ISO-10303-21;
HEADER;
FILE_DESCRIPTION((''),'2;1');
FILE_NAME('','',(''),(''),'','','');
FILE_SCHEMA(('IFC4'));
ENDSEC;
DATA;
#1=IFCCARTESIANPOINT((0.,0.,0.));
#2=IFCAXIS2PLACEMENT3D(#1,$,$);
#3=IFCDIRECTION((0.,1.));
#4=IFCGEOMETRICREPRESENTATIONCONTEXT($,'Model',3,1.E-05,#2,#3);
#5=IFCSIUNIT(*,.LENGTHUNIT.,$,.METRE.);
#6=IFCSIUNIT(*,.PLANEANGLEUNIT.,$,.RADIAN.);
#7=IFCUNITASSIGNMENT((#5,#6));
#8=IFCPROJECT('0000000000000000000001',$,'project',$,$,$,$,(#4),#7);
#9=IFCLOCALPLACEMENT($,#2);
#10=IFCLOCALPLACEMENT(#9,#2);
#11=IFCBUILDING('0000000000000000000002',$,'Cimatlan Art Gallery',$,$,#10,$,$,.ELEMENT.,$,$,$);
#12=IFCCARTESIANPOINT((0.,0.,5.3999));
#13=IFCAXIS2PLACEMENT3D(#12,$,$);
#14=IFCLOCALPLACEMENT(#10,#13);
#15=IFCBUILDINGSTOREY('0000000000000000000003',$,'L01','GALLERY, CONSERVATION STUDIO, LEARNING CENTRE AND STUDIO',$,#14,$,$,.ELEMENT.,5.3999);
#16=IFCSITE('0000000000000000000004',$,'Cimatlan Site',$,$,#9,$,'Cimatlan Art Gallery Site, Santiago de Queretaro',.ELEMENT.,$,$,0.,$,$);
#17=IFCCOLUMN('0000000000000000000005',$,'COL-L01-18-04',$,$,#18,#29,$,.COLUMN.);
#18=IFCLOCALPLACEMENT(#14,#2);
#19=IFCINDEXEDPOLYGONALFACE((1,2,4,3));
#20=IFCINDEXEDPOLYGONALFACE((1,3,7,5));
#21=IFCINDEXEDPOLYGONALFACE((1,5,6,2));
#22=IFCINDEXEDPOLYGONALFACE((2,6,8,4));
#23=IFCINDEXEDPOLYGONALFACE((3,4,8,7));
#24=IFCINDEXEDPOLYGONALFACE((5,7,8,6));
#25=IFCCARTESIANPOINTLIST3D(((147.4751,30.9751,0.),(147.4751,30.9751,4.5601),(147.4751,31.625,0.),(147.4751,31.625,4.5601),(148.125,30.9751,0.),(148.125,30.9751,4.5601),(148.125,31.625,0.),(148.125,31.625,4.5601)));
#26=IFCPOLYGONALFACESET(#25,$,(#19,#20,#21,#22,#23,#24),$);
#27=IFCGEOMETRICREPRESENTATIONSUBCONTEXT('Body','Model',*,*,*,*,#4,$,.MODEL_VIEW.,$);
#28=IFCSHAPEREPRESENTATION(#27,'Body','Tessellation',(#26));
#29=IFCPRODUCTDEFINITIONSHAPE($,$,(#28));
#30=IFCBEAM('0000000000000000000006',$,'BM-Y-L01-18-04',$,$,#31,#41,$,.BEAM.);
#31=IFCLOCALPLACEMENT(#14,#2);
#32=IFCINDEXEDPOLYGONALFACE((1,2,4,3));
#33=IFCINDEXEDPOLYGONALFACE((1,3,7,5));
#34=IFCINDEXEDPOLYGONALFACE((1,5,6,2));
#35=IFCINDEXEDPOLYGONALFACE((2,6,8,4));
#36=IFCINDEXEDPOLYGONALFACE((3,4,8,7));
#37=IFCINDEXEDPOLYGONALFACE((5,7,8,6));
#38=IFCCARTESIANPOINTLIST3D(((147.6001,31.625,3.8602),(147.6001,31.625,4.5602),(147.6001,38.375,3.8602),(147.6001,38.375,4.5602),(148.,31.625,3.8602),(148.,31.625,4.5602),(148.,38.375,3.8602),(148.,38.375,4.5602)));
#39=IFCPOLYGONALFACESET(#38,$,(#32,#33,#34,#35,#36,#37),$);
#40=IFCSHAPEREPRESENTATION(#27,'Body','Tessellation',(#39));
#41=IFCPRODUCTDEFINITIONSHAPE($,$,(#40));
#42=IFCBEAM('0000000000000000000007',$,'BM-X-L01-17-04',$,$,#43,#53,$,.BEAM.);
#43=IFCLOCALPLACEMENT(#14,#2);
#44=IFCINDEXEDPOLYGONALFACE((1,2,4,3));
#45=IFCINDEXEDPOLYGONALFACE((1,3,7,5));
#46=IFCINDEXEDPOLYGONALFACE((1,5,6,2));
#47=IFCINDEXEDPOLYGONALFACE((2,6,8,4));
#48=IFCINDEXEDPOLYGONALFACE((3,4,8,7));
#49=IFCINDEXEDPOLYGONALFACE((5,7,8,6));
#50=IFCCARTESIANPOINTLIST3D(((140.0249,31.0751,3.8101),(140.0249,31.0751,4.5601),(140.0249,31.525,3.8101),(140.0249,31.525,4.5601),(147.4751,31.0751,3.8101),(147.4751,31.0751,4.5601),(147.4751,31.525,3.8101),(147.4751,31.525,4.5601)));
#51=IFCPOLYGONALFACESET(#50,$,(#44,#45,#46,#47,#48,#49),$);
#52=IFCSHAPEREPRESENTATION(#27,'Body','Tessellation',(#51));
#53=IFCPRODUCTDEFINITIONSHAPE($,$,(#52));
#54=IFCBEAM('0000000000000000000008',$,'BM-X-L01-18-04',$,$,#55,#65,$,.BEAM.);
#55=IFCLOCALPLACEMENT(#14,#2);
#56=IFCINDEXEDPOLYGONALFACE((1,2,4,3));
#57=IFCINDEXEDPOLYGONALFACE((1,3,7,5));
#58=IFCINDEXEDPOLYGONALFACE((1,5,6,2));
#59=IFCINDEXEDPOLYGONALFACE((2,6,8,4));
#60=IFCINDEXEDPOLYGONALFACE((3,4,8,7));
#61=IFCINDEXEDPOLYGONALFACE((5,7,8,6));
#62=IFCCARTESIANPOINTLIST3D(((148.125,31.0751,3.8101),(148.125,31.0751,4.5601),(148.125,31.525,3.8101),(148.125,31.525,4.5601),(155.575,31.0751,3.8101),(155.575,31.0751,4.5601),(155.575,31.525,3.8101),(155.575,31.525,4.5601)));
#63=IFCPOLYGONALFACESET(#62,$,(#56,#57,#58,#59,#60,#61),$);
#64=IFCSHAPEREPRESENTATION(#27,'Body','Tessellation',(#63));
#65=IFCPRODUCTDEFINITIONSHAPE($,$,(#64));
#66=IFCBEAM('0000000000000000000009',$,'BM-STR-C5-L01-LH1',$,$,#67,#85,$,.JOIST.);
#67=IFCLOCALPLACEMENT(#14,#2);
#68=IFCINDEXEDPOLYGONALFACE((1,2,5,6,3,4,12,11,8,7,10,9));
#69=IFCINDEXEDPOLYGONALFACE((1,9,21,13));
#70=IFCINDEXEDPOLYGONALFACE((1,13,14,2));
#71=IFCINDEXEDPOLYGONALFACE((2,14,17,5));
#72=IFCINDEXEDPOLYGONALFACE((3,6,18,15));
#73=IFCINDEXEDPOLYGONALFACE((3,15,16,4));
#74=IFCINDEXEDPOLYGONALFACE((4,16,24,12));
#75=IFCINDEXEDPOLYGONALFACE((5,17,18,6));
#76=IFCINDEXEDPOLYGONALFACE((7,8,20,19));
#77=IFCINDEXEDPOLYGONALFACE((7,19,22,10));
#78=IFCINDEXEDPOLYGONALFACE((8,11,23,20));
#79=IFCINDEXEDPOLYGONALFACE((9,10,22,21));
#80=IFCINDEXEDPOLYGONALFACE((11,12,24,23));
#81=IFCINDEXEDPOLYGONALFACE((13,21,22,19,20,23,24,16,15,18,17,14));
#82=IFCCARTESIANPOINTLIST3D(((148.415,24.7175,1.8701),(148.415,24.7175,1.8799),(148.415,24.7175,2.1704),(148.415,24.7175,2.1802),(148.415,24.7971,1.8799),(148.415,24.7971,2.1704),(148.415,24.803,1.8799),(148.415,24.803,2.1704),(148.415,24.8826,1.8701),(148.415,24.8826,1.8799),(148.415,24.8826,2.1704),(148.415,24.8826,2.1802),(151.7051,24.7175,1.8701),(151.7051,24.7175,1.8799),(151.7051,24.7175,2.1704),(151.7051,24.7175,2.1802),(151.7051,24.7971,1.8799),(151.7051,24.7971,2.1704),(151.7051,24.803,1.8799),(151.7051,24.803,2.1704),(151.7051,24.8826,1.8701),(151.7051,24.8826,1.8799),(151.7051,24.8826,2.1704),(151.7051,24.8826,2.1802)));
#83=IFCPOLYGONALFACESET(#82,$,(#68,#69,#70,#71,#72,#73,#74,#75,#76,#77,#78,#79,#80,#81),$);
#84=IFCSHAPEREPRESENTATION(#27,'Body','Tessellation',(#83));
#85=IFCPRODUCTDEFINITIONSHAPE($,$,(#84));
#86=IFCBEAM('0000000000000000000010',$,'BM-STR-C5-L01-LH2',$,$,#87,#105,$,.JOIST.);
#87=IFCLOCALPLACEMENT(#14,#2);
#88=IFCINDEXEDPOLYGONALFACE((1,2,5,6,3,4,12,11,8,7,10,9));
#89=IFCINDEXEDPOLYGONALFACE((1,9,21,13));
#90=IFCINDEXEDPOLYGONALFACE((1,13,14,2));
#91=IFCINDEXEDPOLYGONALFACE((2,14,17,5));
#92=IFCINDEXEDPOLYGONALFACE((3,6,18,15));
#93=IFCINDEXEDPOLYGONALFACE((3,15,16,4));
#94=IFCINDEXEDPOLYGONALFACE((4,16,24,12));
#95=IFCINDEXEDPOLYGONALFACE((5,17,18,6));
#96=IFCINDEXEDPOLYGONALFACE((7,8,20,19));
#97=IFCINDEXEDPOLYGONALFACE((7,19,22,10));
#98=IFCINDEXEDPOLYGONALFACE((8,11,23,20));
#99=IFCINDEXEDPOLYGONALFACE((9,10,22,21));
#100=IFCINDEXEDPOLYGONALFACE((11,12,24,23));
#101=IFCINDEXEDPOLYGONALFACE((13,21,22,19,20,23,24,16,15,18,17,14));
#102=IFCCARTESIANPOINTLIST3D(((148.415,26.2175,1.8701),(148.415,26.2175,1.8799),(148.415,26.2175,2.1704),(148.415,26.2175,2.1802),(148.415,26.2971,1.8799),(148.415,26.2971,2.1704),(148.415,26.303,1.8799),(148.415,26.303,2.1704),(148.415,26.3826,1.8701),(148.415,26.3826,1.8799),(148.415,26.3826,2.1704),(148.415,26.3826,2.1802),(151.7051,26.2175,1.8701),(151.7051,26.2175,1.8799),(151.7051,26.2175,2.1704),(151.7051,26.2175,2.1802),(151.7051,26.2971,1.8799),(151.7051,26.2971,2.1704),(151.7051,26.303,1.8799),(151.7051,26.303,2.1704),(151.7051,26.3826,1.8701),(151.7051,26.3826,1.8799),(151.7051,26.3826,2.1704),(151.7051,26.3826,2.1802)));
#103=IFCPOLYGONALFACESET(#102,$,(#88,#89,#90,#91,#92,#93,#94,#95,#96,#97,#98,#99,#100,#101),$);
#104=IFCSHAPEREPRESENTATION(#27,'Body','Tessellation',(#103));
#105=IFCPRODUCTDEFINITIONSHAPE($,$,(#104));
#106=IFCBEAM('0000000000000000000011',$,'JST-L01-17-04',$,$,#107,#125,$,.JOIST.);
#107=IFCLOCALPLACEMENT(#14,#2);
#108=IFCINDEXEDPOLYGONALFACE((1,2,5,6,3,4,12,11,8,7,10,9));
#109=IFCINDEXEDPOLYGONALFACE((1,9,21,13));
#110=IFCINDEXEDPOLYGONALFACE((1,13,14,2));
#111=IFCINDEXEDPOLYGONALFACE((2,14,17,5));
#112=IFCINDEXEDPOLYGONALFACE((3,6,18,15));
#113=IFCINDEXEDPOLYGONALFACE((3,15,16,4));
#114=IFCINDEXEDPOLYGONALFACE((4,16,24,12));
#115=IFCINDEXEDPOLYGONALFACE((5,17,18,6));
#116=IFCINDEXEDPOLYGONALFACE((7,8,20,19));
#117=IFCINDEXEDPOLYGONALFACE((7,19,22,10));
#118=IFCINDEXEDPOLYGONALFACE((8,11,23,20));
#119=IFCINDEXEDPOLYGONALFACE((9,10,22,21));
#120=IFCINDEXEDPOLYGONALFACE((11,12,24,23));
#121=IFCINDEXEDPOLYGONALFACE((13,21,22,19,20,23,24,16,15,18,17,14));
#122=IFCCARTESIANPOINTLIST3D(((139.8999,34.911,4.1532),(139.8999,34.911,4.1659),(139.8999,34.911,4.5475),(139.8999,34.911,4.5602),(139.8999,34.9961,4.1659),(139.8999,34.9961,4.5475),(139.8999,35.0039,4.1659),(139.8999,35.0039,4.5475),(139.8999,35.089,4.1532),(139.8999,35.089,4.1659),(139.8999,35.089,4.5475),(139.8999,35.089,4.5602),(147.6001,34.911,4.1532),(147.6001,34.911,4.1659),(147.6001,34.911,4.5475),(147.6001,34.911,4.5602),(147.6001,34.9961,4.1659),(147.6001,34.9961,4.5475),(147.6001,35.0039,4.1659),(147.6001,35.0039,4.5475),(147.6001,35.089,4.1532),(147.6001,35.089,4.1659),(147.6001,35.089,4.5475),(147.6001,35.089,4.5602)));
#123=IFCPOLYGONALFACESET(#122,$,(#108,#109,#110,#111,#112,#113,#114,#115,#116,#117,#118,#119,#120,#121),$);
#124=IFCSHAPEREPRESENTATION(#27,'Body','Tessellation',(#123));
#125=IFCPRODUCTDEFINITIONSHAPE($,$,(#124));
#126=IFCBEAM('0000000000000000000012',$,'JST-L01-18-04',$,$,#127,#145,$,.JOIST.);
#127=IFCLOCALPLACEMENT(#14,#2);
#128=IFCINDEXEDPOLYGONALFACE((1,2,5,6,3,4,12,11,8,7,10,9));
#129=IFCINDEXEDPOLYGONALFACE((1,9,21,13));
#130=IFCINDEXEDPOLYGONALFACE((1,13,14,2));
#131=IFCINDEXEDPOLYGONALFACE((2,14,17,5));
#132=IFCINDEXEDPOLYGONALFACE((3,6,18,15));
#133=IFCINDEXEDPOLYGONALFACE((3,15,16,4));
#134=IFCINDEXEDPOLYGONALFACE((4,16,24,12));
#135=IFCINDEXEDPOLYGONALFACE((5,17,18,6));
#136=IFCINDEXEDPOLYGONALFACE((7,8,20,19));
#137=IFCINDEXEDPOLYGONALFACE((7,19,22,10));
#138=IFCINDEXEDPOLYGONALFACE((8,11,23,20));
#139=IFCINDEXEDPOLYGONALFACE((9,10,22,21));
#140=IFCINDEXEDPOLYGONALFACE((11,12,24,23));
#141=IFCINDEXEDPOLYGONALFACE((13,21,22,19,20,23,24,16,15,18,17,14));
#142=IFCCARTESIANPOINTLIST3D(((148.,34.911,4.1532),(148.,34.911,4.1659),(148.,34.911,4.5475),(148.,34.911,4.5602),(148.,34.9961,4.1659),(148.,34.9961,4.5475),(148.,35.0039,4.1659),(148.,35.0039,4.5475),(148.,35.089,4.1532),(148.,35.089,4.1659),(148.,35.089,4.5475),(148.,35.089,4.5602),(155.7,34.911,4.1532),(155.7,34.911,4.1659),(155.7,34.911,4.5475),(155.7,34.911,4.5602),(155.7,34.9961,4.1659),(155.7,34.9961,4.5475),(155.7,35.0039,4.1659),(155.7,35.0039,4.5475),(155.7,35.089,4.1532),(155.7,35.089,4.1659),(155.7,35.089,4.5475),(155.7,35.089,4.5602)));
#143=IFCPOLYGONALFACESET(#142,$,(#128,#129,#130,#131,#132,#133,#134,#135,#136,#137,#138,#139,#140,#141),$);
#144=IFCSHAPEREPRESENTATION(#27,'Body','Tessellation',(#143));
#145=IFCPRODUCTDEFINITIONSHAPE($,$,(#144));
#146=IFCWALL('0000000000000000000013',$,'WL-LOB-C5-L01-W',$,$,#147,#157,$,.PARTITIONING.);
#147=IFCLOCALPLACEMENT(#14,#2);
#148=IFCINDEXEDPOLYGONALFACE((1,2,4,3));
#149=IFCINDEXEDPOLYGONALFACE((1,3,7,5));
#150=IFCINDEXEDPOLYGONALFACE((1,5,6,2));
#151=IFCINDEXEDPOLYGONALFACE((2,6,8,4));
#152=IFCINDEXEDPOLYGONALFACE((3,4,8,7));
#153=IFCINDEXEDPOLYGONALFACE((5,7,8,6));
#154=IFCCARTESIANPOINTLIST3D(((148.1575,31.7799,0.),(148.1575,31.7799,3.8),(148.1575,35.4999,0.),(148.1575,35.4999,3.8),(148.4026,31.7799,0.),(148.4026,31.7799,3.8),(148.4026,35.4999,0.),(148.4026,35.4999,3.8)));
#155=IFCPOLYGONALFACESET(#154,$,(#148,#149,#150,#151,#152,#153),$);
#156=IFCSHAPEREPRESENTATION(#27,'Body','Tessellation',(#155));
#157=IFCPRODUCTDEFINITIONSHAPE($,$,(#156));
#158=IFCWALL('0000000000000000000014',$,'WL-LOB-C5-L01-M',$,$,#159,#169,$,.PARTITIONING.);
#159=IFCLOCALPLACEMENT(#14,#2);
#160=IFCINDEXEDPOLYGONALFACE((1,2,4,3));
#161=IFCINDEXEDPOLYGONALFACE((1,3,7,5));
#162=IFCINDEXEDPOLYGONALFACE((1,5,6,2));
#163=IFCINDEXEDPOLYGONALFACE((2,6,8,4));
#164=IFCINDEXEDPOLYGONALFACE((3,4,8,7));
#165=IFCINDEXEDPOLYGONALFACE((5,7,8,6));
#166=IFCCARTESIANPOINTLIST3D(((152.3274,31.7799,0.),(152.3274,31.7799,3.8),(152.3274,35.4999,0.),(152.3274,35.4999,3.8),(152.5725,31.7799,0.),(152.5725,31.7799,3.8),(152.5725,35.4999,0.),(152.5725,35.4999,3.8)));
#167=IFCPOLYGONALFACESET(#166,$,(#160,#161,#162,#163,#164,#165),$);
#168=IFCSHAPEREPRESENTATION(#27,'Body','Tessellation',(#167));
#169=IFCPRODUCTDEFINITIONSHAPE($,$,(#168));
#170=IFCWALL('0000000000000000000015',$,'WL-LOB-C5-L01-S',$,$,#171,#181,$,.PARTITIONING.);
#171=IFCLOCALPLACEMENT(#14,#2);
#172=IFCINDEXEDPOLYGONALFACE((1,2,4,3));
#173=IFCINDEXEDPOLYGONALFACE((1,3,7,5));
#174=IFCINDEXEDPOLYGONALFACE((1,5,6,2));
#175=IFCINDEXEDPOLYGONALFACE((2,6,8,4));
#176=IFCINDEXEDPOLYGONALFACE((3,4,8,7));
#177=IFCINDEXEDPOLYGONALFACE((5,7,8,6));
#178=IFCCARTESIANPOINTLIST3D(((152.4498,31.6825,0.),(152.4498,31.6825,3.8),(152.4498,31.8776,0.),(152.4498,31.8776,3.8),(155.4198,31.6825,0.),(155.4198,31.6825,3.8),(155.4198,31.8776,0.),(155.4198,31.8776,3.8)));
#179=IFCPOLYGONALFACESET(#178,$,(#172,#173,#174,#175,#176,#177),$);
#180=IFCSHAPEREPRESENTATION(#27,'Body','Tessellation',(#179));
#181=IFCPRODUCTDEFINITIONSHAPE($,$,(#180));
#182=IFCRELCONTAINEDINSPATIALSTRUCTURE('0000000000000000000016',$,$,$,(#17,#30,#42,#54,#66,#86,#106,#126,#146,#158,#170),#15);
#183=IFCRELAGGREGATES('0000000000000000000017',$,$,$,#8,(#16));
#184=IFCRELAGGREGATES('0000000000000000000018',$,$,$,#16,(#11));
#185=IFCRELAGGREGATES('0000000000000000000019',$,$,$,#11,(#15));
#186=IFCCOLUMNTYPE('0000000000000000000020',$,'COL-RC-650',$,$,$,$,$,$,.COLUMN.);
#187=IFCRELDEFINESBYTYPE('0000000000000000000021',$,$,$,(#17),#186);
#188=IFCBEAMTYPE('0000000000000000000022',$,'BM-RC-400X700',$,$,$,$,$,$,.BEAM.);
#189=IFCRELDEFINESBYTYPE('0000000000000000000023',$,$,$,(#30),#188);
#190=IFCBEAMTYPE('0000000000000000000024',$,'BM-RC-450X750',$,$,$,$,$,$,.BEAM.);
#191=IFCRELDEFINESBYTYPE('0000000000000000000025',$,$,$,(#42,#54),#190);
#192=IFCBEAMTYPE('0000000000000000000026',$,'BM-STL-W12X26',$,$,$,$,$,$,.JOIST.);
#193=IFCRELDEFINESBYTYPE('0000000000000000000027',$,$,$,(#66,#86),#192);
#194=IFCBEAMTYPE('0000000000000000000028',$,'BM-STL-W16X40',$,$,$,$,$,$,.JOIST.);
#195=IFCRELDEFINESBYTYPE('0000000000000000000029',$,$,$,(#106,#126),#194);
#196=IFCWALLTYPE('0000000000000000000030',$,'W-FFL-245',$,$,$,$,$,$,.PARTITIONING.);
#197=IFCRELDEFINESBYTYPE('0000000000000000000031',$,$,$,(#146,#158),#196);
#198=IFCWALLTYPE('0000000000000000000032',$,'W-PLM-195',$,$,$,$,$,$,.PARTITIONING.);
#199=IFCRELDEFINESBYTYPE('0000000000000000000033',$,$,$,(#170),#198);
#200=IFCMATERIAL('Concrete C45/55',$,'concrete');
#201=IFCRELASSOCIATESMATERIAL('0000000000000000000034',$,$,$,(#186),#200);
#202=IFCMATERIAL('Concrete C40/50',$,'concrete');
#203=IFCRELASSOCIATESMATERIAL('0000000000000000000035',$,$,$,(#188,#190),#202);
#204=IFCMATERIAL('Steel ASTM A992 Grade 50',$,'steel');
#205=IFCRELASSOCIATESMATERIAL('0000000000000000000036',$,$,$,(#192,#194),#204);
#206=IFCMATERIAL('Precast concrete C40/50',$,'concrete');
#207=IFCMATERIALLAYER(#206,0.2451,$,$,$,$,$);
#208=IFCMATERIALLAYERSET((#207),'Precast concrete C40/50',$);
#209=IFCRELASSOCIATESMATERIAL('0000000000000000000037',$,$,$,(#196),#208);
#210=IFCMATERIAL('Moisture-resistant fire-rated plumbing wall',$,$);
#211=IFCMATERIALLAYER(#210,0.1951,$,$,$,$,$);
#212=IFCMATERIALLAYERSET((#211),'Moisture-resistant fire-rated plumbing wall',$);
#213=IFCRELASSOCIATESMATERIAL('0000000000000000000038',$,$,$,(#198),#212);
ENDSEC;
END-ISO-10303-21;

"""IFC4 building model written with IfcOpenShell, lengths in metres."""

from ifc_helpers import new_model, si_unit, direction, frame, frame_2d, origin, origin_2d, place, context, subcontext, project, spatial, rectangle, i_section, extrude, material, layer, layer_set, material_profile, profile_set, type_object, element, save


model = new_model("IFC4")

# Units and contexts
model_context = context("Model", 3, precision=1e-05, world=origin(), true_north=direction((0.0, 1.0)))
body_context = subcontext(model_context, "Body", "Model", "MODEL_VIEW")
ifc_project = project(units=[si_unit("LENGTHUNIT", "METRE"), si_unit("PLANEANGLEUNIT", "RADIAN")], contexts=[model_context])

# Site, building, storey
site_placement = place(None, origin())
site = spatial("IfcSite", under=ifc_project, at=site_placement, Name="Cimatlan Site", LongName="Cimatlan Art Gallery Site, Santiago de Queretaro", CompositionType="ELEMENT", RefElevation=0.0)
building_placement = place(site_placement, origin())
building = spatial("IfcBuilding", under=site, at=building_placement, Name="Cimatlan Art Gallery", CompositionType="ELEMENT")
storey_placement = place(building_placement, frame((0.0, 0.0, 5.3999)))
storey = spatial("IfcBuildingStorey", under=building, at=storey_placement, Name="L01", Description="GALLERY, CONSERVATION STUDIO, LEARNING CENTRE AND STUDIO", CompositionType="ELEMENT", Elevation=5.3999)

# Column
ifc_material_1 = material(Name="Concrete C45/55", Category="concrete")
ifc_material_profile_1 = material_profile(ifc_material_1, rectangle(XDim=0.6499, YDim=0.6499, at=origin_2d()), Name="RC650X650")
ifc_profile_set_1 = profile_set([ifc_material_profile_1], Name="Concrete C45/55")
column_type = type_object("IfcColumnType", Name="COL-RC-650", PredefinedType="COLUMN", material=ifc_profile_set_1)
column_placement = place(storey_placement, frame((147.8, 31.3, 0.0), z_axis=(0.0, 0.0, 1.0), x_axis=(1.0, 0.0, 0.0)))
element("IfcColumn", 1, at=column_placement, inside=storey, type_object=column_type, Name="COL-L01-18-04", PredefinedType="COLUMN", context=body_context, shape_type="SweptSolid", body=[
    extrude(rectangle(XDim=0.6499, YDim=0.6499, at=origin_2d()), origin(), (0.0, 0.0, 1.0), 4.5601),
])

# Beams
ifc_material_2 = material(Name="Concrete C40/50", Category="concrete")
ifc_material_profile_2 = material_profile(ifc_material_2, rectangle(XDim=0.3999, YDim=0.7, at=origin_2d()), Name="RC400X700")
ifc_profile_set_2 = profile_set([ifc_material_profile_2], Name="Concrete C40/50")
beam_type_1 = type_object("IfcBeamType", Name="BM-RC-400X700", PredefinedType="BEAM", material=ifc_profile_set_2)
beam_1_placement = place(storey_placement, frame((147.8, 31.625, 4.2102), z_axis=(0.0, 1.0, 0.0), x_axis=(-1.0, 0.0, 0.0)))
element("IfcBeam", 2, at=beam_1_placement, inside=storey, type_object=beam_type_1, Name="BM-Y-L01-18-04", PredefinedType="BEAM", context=body_context, shape_type="SweptSolid", body=[
    extrude(rectangle(XDim=0.3999, YDim=0.7, at=origin_2d()), origin(), (0.0, 0.0, 1.0), 6.75),
])
ifc_material_profile_3 = material_profile(ifc_material_2, rectangle(XDim=0.45, YDim=0.75, at=origin_2d()), Name="RC450X750")
ifc_profile_set_3 = profile_set([ifc_material_profile_3], Name="Concrete C40/50")
beam_type_2 = type_object("IfcBeamType", Name="BM-RC-450X750", PredefinedType="BEAM", material=ifc_profile_set_3)
beam_2_placement = place(storey_placement, frame((140.0249, 31.3, 4.1851), z_axis=(1.0, 0.0, 0.0), x_axis=(0.0, 1.0, 0.0)))
element("IfcBeam", 3, at=beam_2_placement, inside=storey, type_object=beam_type_2, Name="BM-X-L01-17-04", PredefinedType="BEAM", context=body_context, shape_type="SweptSolid", body=[
    extrude(rectangle(XDim=0.45, YDim=0.75, at=origin_2d()), origin(), (0.0, 0.0, 1.0), 7.4502),
])
beam_3_placement = place(storey_placement, frame((148.125, 31.3, 4.1851), z_axis=(1.0, 0.0, 0.0), x_axis=(0.0, 1.0, 0.0)))
element("IfcBeam", 4, at=beam_3_placement, inside=storey, type_object=beam_type_2, Name="BM-X-L01-18-04", PredefinedType="BEAM", context=body_context, shape_type="SweptSolid", body=[
    extrude(rectangle(XDim=0.45, YDim=0.75, at=origin_2d()), origin(), (0.0, 0.0, 1.0), 7.45),
])
ifc_material_3 = material(Name="Steel ASTM A992 Grade 50", Category="steel")
ifc_material_profile_4 = material_profile(ifc_material_3, i_section(OverallWidth=0.165, OverallDepth=0.3101, WebThickness=0.0059, FlangeThickness=0.0098, at=origin_2d()), Name="W12X26")
ifc_profile_set_4 = profile_set([ifc_material_profile_4], Name="Steel ASTM A992 Grade 50")
beam_type_3 = type_object("IfcBeamType", Name="BM-STL-W12X26", PredefinedType="JOIST", material=ifc_profile_set_4)
for number, where, z_axis, x_axis, name in (
    (5, (148.415, 24.8, 2.0251), (1.0, 0.0, 0.0), (0.0, 1.0, 0.0), "BM-STR-C5-L01-LH1"),
    (6, (148.415, 26.3, 2.0251), (1.0, 0.0, 0.0), (0.0, 1.0, 0.0), "BM-STR-C5-L01-LH2"),
):
    element("IfcBeam", number, at=place(storey_placement, frame(where, z_axis=z_axis, x_axis=x_axis)), inside=storey, type_object=beam_type_3, Name=name, PredefinedType="JOIST", context=body_context, shape_type="SweptSolid", body=[
        extrude(i_section(OverallWidth=0.165, OverallDepth=0.3101, WebThickness=0.0059, FlangeThickness=0.0098, at=origin_2d()), origin(), (0.0, 0.0, 1.0), 3.29),
    ])
ifc_material_profile_5 = material_profile(ifc_material_3, i_section(OverallWidth=0.178, OverallDepth=0.407, WebThickness=0.0078, FlangeThickness=0.0127, at=origin_2d()), Name="W16X40")
ifc_profile_set_5 = profile_set([ifc_material_profile_5], Name="Steel ASTM A992 Grade 50")
beam_type_4 = type_object("IfcBeamType", Name="BM-STL-W16X40", PredefinedType="JOIST", material=ifc_profile_set_5)
beam_4_placement = place(storey_placement, frame((139.8999, 35.0, 4.3567), z_axis=(1.0, 0.0, 0.0), x_axis=(0.0, 1.0, 0.0)))
element("IfcBeam", 7, at=beam_4_placement, inside=storey, type_object=beam_type_4, Name="JST-L01-17-04", PredefinedType="JOIST", context=body_context, shape_type="SweptSolid", body=[
    extrude(i_section(OverallWidth=0.178, OverallDepth=0.407, WebThickness=0.0078, FlangeThickness=0.0127, at=origin_2d()), origin(), (0.0, 0.0, 1.0), 7.7002),
])
beam_5_placement = place(storey_placement, frame((148.0, 35.0, 4.3567), z_axis=(1.0, 0.0, 0.0), x_axis=(0.0, 1.0, 0.0)))
element("IfcBeam", 8, at=beam_5_placement, inside=storey, type_object=beam_type_4, Name="JST-L01-18-04", PredefinedType="JOIST", context=body_context, shape_type="SweptSolid", body=[
    extrude(i_section(OverallWidth=0.178, OverallDepth=0.407, WebThickness=0.0078, FlangeThickness=0.0127, at=origin_2d()), origin(), (0.0, 0.0, 1.0), 7.7),
])

# Shared definitions
ifc_material_4 = material(Name="Precast concrete C40/50", Category="concrete")
ifc_layer_1 = layer(ifc_material_4, 0.2451)
ifc_layer_set_1 = layer_set([ifc_layer_1], Name="Precast concrete C40/50")
wall_type_1 = type_object("IfcWallType", Name="W-FFL-245", PredefinedType="PARTITIONING", material=ifc_layer_set_1)

# Walls
for number, where, z_axis, x_axis, name in (
    (9, (148.28, 31.78, 0.0), (0.0, 0.0, 1.0), (0.0, 1.0, 0.0), "WL-LOB-C5-L01-W"),
    (10, (152.45, 31.78, 0.0), (0.0, 0.0, 1.0), (0.0, 1.0, 0.0), "WL-LOB-C5-L01-M"),
):
    element("IfcWall", number, at=place(storey_placement, frame(where, z_axis=z_axis, x_axis=x_axis)), inside=storey, type_object=wall_type_1, Name=name, PredefinedType="PARTITIONING", context=body_context, shape_type="SweptSolid", body=[
        extrude(rectangle(XDim=3.72, YDim=0.2451, at=frame_2d((1.8599, 0.0))), origin(), (0.0, 0.0, 1.0), 3.8),
    ])
ifc_material_5 = material(Name="Moisture-resistant fire-rated plumbing wall")
ifc_layer_2 = layer(ifc_material_5, 0.1951)
ifc_layer_set_2 = layer_set([ifc_layer_2], Name="Moisture-resistant fire-rated plumbing wall")
wall_type_2 = type_object("IfcWallType", Name="W-PLM-195", PredefinedType="PARTITIONING", material=ifc_layer_set_2)
wall_1_placement = place(storey_placement, frame((152.45, 31.78, 0.0), z_axis=(0.0, 0.0, 1.0), x_axis=(1.0, 0.0, 0.0)))
element("IfcWall", 11, at=wall_1_placement, inside=storey, type_object=wall_type_2, Name="WL-LOB-C5-L01-S", PredefinedType="PARTITIONING", context=body_context, shape_type="SweptSolid", body=[
    extrude(rectangle(XDim=2.97, YDim=0.1951, at=frame_2d((1.4849, 0.0))), origin(), (0.0, 0.0, 1.0), 3.8),
])

save(model, "model.ifc")
